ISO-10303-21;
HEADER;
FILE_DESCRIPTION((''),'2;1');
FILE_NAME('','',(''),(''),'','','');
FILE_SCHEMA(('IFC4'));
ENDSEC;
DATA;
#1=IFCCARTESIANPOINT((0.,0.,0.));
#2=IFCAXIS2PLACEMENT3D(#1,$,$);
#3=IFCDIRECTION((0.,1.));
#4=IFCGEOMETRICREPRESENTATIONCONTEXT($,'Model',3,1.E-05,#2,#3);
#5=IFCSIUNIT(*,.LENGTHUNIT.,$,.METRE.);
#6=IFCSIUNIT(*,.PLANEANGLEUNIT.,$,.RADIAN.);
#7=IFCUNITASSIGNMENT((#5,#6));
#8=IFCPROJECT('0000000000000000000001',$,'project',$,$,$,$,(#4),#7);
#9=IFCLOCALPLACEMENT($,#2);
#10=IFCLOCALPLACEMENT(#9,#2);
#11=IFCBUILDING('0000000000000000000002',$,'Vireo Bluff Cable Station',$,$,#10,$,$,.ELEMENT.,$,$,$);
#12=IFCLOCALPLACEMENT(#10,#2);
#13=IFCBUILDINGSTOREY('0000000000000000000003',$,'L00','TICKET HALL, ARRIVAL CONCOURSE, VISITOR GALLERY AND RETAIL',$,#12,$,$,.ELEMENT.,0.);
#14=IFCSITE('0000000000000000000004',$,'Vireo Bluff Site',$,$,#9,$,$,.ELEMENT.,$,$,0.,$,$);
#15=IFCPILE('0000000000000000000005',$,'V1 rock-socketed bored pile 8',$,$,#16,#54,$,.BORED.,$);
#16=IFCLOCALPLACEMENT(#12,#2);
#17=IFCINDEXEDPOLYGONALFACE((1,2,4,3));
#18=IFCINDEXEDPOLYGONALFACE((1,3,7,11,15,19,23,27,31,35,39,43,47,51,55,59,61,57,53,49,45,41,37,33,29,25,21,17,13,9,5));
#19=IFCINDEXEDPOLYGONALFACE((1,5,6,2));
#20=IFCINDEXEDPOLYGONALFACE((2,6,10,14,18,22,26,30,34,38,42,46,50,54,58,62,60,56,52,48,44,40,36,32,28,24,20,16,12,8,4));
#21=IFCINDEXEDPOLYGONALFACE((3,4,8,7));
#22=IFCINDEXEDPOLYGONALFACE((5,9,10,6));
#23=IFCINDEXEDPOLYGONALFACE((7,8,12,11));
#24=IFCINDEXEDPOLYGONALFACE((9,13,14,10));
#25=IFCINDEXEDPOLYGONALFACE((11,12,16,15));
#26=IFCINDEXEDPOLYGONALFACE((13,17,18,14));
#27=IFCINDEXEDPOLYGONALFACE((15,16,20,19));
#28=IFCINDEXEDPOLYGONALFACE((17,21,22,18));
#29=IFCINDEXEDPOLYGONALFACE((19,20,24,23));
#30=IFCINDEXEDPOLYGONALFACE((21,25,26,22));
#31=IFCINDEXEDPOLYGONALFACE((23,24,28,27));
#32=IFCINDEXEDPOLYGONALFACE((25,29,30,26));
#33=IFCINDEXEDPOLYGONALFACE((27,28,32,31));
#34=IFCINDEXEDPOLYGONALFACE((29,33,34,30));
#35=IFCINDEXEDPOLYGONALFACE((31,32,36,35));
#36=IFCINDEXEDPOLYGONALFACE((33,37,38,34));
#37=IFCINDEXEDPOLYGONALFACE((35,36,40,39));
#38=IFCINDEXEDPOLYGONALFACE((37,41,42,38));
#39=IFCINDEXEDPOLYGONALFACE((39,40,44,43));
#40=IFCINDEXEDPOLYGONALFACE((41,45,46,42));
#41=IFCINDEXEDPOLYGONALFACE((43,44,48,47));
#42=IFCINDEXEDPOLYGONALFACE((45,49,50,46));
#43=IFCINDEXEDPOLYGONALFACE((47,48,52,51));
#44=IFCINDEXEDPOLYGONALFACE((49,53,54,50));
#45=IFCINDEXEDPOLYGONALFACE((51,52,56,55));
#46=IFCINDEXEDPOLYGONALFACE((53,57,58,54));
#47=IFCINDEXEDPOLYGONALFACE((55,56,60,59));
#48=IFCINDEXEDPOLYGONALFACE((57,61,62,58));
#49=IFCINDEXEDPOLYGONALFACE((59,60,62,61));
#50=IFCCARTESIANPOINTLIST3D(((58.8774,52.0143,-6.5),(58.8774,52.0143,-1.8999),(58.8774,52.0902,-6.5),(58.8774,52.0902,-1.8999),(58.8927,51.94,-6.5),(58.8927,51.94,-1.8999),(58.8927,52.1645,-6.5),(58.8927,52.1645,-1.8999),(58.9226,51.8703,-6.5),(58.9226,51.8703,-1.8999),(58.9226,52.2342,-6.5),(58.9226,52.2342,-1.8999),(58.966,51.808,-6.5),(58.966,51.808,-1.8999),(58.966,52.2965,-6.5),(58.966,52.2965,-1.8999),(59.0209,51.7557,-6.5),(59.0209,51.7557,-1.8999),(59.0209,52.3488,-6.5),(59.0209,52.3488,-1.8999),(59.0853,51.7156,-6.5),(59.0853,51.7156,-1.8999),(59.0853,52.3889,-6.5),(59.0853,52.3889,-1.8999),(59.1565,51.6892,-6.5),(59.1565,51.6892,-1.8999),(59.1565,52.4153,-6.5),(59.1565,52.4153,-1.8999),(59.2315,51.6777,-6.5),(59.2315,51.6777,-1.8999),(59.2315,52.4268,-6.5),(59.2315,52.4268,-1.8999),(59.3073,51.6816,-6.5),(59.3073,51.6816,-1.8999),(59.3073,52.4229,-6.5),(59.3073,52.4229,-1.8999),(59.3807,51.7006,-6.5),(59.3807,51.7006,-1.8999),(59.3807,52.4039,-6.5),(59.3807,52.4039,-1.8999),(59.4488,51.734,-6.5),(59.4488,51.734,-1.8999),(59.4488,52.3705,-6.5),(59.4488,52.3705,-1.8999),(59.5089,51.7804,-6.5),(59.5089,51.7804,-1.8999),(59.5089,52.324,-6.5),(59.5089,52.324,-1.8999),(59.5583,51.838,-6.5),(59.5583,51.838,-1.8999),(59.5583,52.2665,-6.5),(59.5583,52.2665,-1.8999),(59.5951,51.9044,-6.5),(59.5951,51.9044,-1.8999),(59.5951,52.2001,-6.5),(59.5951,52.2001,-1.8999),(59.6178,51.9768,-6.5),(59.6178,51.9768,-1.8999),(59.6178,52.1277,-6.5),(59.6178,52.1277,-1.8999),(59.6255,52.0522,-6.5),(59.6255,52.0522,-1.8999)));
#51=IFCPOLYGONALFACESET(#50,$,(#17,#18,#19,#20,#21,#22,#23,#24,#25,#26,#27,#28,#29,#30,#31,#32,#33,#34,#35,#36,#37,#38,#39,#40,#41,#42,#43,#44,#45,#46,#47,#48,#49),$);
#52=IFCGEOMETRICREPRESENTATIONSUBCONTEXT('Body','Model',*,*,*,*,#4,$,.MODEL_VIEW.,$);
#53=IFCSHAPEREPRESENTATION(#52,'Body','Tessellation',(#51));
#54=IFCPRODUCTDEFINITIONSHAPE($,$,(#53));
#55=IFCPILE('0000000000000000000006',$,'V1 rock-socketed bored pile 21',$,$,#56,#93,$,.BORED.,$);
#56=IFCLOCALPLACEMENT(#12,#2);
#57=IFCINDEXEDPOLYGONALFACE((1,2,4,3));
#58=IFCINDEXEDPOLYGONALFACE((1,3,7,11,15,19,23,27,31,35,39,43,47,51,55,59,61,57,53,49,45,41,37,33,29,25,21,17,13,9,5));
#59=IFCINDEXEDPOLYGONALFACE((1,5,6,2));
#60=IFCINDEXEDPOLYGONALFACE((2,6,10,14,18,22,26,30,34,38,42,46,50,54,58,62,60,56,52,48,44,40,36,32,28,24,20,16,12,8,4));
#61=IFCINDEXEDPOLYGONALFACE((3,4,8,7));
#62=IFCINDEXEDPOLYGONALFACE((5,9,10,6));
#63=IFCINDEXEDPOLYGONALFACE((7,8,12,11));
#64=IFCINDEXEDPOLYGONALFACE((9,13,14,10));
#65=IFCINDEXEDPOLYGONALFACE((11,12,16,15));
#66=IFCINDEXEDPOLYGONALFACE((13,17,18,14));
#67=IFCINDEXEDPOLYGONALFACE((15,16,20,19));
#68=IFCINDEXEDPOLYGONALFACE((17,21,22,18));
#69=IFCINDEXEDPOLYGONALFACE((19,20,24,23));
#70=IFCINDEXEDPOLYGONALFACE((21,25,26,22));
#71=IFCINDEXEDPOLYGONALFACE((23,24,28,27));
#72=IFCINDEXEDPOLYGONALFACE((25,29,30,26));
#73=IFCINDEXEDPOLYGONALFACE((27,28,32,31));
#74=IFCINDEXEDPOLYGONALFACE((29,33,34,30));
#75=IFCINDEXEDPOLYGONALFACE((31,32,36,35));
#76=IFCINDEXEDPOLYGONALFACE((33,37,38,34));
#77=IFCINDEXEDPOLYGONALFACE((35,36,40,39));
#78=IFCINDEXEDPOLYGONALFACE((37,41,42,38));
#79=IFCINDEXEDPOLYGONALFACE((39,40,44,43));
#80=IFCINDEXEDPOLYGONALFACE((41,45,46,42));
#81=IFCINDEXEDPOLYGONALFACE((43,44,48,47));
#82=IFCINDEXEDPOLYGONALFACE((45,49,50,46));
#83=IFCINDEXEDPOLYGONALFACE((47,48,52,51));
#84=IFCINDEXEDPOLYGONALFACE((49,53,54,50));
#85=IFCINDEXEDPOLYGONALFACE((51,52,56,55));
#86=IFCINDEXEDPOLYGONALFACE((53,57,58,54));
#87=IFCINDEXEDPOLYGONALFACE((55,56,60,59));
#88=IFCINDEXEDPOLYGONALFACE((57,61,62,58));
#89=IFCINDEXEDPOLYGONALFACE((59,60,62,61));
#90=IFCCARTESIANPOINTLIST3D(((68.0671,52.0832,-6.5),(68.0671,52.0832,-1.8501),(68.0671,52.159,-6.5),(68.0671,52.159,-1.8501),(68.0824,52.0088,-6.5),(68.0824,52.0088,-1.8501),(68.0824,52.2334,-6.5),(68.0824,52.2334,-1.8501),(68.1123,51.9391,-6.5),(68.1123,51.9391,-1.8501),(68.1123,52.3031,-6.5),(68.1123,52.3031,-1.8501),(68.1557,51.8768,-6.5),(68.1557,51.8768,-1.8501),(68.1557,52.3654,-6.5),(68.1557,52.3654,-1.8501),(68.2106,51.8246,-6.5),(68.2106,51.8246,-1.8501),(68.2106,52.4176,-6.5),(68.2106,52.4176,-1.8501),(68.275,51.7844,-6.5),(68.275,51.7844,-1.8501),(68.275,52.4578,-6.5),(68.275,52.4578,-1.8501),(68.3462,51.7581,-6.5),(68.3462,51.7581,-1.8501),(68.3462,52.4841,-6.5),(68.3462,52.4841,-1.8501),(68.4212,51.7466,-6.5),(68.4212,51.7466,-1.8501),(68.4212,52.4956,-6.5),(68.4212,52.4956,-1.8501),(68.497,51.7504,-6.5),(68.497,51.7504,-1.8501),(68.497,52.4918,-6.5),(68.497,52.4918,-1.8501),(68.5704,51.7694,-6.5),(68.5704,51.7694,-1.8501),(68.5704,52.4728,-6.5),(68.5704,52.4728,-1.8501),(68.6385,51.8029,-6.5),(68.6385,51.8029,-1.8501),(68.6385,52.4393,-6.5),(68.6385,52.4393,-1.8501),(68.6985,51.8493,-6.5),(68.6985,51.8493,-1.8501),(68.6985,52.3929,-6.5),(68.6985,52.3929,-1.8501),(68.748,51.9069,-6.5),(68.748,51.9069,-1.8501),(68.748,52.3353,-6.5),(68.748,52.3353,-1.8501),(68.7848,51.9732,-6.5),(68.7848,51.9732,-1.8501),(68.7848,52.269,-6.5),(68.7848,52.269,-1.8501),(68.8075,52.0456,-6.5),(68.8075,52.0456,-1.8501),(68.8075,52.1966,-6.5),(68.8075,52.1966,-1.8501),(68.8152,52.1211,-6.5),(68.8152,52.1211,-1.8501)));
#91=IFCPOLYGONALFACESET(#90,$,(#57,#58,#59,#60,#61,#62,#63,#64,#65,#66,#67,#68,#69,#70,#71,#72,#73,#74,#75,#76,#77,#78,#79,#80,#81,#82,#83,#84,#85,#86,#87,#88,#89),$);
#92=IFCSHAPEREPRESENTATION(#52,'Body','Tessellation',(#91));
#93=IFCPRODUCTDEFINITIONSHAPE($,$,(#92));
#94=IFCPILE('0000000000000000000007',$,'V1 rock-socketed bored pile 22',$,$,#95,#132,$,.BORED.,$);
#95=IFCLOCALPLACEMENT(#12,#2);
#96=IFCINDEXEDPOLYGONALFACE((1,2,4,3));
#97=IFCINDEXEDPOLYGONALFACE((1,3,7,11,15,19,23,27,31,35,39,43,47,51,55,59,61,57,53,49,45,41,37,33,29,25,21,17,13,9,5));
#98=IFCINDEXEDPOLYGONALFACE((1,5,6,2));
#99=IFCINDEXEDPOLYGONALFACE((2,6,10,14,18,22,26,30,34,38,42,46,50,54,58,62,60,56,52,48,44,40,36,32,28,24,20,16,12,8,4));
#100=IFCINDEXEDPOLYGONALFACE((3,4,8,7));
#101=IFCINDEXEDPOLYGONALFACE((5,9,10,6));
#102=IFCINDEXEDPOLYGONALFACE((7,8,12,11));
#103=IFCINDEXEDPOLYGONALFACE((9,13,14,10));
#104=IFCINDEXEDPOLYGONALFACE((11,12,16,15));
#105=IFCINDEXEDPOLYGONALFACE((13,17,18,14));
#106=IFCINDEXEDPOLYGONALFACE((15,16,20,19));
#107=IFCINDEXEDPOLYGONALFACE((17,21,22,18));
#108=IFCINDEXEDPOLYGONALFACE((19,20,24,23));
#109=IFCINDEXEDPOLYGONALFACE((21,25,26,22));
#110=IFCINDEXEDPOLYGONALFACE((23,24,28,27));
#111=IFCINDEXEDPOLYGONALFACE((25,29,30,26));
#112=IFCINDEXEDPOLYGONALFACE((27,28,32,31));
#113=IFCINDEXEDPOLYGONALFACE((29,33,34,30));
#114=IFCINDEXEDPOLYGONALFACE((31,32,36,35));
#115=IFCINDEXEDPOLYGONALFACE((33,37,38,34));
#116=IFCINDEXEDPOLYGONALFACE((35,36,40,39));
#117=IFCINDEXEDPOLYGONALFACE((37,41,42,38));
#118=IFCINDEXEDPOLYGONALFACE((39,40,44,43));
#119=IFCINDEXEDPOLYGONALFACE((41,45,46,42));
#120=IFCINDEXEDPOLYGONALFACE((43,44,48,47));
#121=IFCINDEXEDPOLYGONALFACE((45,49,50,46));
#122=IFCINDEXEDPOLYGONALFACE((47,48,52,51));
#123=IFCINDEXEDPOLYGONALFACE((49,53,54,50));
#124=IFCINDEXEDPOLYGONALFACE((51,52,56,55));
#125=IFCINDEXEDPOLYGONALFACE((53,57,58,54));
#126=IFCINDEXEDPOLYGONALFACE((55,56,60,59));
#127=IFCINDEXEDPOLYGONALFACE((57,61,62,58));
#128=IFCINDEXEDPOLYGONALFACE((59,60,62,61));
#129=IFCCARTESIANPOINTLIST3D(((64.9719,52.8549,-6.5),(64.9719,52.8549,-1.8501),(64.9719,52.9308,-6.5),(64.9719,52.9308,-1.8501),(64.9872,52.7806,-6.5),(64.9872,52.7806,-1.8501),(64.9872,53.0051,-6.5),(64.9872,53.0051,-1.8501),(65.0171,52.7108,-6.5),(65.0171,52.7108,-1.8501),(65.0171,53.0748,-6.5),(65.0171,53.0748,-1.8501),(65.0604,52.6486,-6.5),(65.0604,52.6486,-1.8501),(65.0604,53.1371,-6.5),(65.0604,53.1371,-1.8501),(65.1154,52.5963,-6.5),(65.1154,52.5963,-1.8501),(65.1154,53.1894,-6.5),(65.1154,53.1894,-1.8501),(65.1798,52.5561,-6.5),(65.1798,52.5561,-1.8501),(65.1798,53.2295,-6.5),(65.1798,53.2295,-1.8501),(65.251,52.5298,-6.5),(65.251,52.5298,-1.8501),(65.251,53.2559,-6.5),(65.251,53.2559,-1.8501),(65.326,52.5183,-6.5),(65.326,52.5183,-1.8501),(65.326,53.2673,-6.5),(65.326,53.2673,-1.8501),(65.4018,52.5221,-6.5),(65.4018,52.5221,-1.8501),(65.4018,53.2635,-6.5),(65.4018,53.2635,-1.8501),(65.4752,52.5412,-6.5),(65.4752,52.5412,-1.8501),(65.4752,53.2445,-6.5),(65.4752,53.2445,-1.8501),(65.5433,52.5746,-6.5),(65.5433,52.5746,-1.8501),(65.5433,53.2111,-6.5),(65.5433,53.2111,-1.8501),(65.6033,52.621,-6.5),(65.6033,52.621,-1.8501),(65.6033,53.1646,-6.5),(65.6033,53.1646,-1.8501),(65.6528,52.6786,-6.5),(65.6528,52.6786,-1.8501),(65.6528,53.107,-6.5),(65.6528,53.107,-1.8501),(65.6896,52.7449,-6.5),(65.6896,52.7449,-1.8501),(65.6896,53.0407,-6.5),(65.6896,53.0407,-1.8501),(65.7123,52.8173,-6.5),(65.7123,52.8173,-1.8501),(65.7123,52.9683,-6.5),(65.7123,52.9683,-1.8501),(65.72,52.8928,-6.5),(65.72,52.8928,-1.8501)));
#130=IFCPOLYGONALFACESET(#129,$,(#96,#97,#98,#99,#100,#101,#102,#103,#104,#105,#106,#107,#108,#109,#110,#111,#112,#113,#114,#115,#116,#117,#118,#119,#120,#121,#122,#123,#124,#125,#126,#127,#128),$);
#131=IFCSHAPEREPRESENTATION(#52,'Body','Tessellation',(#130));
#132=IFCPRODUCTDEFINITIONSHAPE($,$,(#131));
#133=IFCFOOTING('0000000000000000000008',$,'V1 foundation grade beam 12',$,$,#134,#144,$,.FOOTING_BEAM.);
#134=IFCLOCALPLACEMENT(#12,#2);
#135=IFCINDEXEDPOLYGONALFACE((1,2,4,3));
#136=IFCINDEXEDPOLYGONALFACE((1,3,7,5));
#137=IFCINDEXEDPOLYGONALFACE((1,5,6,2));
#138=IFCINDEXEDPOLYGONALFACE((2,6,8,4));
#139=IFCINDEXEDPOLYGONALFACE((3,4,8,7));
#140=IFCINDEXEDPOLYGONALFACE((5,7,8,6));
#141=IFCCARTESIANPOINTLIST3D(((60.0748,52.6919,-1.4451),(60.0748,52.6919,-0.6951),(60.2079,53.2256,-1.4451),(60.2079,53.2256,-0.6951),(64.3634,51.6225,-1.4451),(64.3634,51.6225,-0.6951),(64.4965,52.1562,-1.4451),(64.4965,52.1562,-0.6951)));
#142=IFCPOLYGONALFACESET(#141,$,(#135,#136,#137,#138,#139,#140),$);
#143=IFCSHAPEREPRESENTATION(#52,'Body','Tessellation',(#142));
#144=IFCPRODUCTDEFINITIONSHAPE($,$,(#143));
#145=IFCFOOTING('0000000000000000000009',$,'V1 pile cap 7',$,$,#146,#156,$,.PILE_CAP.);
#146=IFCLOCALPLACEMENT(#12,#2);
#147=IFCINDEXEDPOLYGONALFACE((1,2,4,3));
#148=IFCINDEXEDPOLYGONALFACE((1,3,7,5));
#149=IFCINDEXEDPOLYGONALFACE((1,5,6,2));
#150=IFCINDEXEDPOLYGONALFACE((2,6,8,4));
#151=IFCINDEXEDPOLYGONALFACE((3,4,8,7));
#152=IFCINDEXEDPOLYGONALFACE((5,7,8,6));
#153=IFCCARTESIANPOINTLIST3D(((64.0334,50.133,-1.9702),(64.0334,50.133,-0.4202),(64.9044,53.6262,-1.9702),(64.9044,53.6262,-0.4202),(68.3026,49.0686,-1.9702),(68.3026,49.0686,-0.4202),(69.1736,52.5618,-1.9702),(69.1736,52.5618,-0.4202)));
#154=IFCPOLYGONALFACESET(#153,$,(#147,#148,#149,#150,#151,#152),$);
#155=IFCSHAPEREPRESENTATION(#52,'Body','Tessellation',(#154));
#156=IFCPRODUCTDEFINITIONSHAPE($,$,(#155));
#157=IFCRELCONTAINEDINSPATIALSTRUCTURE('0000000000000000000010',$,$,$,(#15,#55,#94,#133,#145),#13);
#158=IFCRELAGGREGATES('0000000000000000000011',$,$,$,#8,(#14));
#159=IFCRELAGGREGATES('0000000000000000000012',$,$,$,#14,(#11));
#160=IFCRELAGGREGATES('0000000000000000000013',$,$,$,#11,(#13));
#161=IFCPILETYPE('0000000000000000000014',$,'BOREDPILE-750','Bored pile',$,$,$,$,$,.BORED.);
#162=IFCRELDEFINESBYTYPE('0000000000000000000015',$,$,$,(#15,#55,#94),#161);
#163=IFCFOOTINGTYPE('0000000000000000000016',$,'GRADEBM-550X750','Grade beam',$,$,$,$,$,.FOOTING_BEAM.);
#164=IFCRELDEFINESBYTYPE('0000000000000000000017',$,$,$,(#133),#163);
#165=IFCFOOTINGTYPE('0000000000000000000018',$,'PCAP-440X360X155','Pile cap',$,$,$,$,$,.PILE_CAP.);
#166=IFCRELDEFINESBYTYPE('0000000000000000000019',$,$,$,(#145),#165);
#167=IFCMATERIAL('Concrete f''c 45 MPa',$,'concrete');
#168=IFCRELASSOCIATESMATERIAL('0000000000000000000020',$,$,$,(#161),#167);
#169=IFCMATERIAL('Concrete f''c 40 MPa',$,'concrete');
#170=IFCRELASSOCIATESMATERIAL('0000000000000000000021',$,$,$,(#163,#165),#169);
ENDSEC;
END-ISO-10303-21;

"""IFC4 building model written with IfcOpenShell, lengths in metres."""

from ifc_helpers import new_model, si_unit, direction, frame, origin, origin_2d, place, context, subcontext, project, spatial, rectangle, circle, extrude, material, material_profile, profile_set, type_object, element, save


model = new_model("IFC4")

# Units and contexts
model_context = context("Model", 3, precision=1e-05, world=origin(), true_north=direction((0.0, 1.0)))
body_context = subcontext(model_context, "Body", "Model", "MODEL_VIEW")
ifc_project = project(units=[si_unit("LENGTHUNIT", "METRE"), si_unit("PLANEANGLEUNIT", "RADIAN")], contexts=[model_context])

# Site, building, storey
site_placement = place(None, origin())
site = spatial("IfcSite", under=ifc_project, at=site_placement, Name="Vireo Bluff Site", CompositionType="ELEMENT", RefElevation=0.0)
building_placement = place(site_placement, origin())
building = spatial("IfcBuilding", under=site, at=building_placement, Name="Vireo Bluff Cable Station", CompositionType="ELEMENT")
storey_placement = place(building_placement, origin())
storey = spatial("IfcBuildingStorey", under=building, at=storey_placement, Name="L00", Description="TICKET HALL, ARRIVAL CONCOURSE, VISITOR GALLERY AND RETAIL", CompositionType="ELEMENT", Elevation=0.0)

# Piles
ifc_material_1 = material(Name="Concrete f'c 45 MPa", Category="concrete")
ifc_material_profile_1 = material_profile(ifc_material_1, circle(Radius=0.375, at=origin_2d()), Name="BOREDPILE-750")
ifc_profile_set_1 = profile_set([ifc_material_profile_1], Name="Concrete f'c 45 MPa")
pile_type = type_object("IfcPileType", Name="BOREDPILE-750", Description="Bored pile", PredefinedType="BORED", material=ifc_profile_set_1)
pile_placement = place(storey_placement, frame((59.2505, 52.0522, -1.8999), z_axis=(0.0, 0.0, -1.0), x_axis=(1.0, 0.0, 0.0)))
element("IfcPile", 1, at=pile_placement, inside=storey, type_object=pile_type, Name="V1 rock-socketed bored pile 8", PredefinedType="BORED", context=body_context, shape_type="SweptSolid", body=[
    extrude(circle(Radius=0.375, at=origin_2d()), origin(), (0.0, 0.0, 1.0), 4.6001),
])
for number, where, z_axis, x_axis, name in (
    (2, (68.4402, 52.1211, -1.8501), (0.0, 0.0, -1.0), (1.0, 0.0, 0.0), "V1 rock-socketed bored pile 21"),
    (3, (65.345, 52.8928, -1.8501), (0.0, 0.0, -1.0), (1.0, 0.0, 0.0), "V1 rock-socketed bored pile 22"),
):
    element("IfcPile", number, at=place(storey_placement, frame(where, z_axis=z_axis, x_axis=x_axis)), inside=storey, type_object=pile_type, Name=name, PredefinedType="BORED", context=body_context, shape_type="SweptSolid", body=[
        extrude(circle(Radius=0.375, at=origin_2d()), origin(), (0.0, 0.0, 1.0), 4.6499),
    ])

# Footings
ifc_material_2 = material(Name="Concrete f'c 40 MPa", Category="concrete")
ifc_material_profile_2 = material_profile(ifc_material_2, rectangle(XDim=0.55, YDim=0.75, at=origin_2d()), Name="GRADEBM-550X750")
ifc_profile_set_2 = profile_set([ifc_material_profile_2], Name="Concrete f'c 40 MPa")
footing_type_1 = type_object("IfcFootingType", Name="GRADEBM-550X750", Description="Grade beam", PredefinedType="FOOTING_BEAM", material=ifc_profile_set_2)
footing_1_placement = place(storey_placement, frame((60.1414, 52.9587, -1.0701), z_axis=(0.970292, -0.241938, 0.0), x_axis=(0.241938, 0.970292, 0.0)))
element("IfcFooting", 4, at=footing_1_placement, inside=storey, type_object=footing_type_1, Name="V1 foundation grade beam 12", PredefinedType="FOOTING_BEAM", context=body_context, shape_type="SweptSolid", body=[
    extrude(rectangle(XDim=0.55, YDim=0.75, at=origin_2d()), origin(), (0.0, 0.0, 1.0), 4.4199),
])
footing_type_2 = type_object("IfcFootingType", Name="PCAP-440X360X155", Description="Pile cap", PredefinedType="PILE_CAP", material=ifc_material_2)
footing_2_placement = place(storey_placement, frame((66.6035, 51.3474, -1.9702), z_axis=(0.0, 0.0, 1.0), x_axis=(0.970296, -0.241922, 0.0)))
element("IfcFooting", 5, at=footing_2_placement, inside=storey, type_object=footing_type_2, Name="V1 pile cap 7", PredefinedType="PILE_CAP", context=body_context, shape_type="SweptSolid", body=[
    extrude(rectangle(XDim=4.3999, YDim=3.6001, at=origin_2d()), origin(), (0.0, 0.0, 1.0), 1.55),
])

save(model, "model.ifc")
